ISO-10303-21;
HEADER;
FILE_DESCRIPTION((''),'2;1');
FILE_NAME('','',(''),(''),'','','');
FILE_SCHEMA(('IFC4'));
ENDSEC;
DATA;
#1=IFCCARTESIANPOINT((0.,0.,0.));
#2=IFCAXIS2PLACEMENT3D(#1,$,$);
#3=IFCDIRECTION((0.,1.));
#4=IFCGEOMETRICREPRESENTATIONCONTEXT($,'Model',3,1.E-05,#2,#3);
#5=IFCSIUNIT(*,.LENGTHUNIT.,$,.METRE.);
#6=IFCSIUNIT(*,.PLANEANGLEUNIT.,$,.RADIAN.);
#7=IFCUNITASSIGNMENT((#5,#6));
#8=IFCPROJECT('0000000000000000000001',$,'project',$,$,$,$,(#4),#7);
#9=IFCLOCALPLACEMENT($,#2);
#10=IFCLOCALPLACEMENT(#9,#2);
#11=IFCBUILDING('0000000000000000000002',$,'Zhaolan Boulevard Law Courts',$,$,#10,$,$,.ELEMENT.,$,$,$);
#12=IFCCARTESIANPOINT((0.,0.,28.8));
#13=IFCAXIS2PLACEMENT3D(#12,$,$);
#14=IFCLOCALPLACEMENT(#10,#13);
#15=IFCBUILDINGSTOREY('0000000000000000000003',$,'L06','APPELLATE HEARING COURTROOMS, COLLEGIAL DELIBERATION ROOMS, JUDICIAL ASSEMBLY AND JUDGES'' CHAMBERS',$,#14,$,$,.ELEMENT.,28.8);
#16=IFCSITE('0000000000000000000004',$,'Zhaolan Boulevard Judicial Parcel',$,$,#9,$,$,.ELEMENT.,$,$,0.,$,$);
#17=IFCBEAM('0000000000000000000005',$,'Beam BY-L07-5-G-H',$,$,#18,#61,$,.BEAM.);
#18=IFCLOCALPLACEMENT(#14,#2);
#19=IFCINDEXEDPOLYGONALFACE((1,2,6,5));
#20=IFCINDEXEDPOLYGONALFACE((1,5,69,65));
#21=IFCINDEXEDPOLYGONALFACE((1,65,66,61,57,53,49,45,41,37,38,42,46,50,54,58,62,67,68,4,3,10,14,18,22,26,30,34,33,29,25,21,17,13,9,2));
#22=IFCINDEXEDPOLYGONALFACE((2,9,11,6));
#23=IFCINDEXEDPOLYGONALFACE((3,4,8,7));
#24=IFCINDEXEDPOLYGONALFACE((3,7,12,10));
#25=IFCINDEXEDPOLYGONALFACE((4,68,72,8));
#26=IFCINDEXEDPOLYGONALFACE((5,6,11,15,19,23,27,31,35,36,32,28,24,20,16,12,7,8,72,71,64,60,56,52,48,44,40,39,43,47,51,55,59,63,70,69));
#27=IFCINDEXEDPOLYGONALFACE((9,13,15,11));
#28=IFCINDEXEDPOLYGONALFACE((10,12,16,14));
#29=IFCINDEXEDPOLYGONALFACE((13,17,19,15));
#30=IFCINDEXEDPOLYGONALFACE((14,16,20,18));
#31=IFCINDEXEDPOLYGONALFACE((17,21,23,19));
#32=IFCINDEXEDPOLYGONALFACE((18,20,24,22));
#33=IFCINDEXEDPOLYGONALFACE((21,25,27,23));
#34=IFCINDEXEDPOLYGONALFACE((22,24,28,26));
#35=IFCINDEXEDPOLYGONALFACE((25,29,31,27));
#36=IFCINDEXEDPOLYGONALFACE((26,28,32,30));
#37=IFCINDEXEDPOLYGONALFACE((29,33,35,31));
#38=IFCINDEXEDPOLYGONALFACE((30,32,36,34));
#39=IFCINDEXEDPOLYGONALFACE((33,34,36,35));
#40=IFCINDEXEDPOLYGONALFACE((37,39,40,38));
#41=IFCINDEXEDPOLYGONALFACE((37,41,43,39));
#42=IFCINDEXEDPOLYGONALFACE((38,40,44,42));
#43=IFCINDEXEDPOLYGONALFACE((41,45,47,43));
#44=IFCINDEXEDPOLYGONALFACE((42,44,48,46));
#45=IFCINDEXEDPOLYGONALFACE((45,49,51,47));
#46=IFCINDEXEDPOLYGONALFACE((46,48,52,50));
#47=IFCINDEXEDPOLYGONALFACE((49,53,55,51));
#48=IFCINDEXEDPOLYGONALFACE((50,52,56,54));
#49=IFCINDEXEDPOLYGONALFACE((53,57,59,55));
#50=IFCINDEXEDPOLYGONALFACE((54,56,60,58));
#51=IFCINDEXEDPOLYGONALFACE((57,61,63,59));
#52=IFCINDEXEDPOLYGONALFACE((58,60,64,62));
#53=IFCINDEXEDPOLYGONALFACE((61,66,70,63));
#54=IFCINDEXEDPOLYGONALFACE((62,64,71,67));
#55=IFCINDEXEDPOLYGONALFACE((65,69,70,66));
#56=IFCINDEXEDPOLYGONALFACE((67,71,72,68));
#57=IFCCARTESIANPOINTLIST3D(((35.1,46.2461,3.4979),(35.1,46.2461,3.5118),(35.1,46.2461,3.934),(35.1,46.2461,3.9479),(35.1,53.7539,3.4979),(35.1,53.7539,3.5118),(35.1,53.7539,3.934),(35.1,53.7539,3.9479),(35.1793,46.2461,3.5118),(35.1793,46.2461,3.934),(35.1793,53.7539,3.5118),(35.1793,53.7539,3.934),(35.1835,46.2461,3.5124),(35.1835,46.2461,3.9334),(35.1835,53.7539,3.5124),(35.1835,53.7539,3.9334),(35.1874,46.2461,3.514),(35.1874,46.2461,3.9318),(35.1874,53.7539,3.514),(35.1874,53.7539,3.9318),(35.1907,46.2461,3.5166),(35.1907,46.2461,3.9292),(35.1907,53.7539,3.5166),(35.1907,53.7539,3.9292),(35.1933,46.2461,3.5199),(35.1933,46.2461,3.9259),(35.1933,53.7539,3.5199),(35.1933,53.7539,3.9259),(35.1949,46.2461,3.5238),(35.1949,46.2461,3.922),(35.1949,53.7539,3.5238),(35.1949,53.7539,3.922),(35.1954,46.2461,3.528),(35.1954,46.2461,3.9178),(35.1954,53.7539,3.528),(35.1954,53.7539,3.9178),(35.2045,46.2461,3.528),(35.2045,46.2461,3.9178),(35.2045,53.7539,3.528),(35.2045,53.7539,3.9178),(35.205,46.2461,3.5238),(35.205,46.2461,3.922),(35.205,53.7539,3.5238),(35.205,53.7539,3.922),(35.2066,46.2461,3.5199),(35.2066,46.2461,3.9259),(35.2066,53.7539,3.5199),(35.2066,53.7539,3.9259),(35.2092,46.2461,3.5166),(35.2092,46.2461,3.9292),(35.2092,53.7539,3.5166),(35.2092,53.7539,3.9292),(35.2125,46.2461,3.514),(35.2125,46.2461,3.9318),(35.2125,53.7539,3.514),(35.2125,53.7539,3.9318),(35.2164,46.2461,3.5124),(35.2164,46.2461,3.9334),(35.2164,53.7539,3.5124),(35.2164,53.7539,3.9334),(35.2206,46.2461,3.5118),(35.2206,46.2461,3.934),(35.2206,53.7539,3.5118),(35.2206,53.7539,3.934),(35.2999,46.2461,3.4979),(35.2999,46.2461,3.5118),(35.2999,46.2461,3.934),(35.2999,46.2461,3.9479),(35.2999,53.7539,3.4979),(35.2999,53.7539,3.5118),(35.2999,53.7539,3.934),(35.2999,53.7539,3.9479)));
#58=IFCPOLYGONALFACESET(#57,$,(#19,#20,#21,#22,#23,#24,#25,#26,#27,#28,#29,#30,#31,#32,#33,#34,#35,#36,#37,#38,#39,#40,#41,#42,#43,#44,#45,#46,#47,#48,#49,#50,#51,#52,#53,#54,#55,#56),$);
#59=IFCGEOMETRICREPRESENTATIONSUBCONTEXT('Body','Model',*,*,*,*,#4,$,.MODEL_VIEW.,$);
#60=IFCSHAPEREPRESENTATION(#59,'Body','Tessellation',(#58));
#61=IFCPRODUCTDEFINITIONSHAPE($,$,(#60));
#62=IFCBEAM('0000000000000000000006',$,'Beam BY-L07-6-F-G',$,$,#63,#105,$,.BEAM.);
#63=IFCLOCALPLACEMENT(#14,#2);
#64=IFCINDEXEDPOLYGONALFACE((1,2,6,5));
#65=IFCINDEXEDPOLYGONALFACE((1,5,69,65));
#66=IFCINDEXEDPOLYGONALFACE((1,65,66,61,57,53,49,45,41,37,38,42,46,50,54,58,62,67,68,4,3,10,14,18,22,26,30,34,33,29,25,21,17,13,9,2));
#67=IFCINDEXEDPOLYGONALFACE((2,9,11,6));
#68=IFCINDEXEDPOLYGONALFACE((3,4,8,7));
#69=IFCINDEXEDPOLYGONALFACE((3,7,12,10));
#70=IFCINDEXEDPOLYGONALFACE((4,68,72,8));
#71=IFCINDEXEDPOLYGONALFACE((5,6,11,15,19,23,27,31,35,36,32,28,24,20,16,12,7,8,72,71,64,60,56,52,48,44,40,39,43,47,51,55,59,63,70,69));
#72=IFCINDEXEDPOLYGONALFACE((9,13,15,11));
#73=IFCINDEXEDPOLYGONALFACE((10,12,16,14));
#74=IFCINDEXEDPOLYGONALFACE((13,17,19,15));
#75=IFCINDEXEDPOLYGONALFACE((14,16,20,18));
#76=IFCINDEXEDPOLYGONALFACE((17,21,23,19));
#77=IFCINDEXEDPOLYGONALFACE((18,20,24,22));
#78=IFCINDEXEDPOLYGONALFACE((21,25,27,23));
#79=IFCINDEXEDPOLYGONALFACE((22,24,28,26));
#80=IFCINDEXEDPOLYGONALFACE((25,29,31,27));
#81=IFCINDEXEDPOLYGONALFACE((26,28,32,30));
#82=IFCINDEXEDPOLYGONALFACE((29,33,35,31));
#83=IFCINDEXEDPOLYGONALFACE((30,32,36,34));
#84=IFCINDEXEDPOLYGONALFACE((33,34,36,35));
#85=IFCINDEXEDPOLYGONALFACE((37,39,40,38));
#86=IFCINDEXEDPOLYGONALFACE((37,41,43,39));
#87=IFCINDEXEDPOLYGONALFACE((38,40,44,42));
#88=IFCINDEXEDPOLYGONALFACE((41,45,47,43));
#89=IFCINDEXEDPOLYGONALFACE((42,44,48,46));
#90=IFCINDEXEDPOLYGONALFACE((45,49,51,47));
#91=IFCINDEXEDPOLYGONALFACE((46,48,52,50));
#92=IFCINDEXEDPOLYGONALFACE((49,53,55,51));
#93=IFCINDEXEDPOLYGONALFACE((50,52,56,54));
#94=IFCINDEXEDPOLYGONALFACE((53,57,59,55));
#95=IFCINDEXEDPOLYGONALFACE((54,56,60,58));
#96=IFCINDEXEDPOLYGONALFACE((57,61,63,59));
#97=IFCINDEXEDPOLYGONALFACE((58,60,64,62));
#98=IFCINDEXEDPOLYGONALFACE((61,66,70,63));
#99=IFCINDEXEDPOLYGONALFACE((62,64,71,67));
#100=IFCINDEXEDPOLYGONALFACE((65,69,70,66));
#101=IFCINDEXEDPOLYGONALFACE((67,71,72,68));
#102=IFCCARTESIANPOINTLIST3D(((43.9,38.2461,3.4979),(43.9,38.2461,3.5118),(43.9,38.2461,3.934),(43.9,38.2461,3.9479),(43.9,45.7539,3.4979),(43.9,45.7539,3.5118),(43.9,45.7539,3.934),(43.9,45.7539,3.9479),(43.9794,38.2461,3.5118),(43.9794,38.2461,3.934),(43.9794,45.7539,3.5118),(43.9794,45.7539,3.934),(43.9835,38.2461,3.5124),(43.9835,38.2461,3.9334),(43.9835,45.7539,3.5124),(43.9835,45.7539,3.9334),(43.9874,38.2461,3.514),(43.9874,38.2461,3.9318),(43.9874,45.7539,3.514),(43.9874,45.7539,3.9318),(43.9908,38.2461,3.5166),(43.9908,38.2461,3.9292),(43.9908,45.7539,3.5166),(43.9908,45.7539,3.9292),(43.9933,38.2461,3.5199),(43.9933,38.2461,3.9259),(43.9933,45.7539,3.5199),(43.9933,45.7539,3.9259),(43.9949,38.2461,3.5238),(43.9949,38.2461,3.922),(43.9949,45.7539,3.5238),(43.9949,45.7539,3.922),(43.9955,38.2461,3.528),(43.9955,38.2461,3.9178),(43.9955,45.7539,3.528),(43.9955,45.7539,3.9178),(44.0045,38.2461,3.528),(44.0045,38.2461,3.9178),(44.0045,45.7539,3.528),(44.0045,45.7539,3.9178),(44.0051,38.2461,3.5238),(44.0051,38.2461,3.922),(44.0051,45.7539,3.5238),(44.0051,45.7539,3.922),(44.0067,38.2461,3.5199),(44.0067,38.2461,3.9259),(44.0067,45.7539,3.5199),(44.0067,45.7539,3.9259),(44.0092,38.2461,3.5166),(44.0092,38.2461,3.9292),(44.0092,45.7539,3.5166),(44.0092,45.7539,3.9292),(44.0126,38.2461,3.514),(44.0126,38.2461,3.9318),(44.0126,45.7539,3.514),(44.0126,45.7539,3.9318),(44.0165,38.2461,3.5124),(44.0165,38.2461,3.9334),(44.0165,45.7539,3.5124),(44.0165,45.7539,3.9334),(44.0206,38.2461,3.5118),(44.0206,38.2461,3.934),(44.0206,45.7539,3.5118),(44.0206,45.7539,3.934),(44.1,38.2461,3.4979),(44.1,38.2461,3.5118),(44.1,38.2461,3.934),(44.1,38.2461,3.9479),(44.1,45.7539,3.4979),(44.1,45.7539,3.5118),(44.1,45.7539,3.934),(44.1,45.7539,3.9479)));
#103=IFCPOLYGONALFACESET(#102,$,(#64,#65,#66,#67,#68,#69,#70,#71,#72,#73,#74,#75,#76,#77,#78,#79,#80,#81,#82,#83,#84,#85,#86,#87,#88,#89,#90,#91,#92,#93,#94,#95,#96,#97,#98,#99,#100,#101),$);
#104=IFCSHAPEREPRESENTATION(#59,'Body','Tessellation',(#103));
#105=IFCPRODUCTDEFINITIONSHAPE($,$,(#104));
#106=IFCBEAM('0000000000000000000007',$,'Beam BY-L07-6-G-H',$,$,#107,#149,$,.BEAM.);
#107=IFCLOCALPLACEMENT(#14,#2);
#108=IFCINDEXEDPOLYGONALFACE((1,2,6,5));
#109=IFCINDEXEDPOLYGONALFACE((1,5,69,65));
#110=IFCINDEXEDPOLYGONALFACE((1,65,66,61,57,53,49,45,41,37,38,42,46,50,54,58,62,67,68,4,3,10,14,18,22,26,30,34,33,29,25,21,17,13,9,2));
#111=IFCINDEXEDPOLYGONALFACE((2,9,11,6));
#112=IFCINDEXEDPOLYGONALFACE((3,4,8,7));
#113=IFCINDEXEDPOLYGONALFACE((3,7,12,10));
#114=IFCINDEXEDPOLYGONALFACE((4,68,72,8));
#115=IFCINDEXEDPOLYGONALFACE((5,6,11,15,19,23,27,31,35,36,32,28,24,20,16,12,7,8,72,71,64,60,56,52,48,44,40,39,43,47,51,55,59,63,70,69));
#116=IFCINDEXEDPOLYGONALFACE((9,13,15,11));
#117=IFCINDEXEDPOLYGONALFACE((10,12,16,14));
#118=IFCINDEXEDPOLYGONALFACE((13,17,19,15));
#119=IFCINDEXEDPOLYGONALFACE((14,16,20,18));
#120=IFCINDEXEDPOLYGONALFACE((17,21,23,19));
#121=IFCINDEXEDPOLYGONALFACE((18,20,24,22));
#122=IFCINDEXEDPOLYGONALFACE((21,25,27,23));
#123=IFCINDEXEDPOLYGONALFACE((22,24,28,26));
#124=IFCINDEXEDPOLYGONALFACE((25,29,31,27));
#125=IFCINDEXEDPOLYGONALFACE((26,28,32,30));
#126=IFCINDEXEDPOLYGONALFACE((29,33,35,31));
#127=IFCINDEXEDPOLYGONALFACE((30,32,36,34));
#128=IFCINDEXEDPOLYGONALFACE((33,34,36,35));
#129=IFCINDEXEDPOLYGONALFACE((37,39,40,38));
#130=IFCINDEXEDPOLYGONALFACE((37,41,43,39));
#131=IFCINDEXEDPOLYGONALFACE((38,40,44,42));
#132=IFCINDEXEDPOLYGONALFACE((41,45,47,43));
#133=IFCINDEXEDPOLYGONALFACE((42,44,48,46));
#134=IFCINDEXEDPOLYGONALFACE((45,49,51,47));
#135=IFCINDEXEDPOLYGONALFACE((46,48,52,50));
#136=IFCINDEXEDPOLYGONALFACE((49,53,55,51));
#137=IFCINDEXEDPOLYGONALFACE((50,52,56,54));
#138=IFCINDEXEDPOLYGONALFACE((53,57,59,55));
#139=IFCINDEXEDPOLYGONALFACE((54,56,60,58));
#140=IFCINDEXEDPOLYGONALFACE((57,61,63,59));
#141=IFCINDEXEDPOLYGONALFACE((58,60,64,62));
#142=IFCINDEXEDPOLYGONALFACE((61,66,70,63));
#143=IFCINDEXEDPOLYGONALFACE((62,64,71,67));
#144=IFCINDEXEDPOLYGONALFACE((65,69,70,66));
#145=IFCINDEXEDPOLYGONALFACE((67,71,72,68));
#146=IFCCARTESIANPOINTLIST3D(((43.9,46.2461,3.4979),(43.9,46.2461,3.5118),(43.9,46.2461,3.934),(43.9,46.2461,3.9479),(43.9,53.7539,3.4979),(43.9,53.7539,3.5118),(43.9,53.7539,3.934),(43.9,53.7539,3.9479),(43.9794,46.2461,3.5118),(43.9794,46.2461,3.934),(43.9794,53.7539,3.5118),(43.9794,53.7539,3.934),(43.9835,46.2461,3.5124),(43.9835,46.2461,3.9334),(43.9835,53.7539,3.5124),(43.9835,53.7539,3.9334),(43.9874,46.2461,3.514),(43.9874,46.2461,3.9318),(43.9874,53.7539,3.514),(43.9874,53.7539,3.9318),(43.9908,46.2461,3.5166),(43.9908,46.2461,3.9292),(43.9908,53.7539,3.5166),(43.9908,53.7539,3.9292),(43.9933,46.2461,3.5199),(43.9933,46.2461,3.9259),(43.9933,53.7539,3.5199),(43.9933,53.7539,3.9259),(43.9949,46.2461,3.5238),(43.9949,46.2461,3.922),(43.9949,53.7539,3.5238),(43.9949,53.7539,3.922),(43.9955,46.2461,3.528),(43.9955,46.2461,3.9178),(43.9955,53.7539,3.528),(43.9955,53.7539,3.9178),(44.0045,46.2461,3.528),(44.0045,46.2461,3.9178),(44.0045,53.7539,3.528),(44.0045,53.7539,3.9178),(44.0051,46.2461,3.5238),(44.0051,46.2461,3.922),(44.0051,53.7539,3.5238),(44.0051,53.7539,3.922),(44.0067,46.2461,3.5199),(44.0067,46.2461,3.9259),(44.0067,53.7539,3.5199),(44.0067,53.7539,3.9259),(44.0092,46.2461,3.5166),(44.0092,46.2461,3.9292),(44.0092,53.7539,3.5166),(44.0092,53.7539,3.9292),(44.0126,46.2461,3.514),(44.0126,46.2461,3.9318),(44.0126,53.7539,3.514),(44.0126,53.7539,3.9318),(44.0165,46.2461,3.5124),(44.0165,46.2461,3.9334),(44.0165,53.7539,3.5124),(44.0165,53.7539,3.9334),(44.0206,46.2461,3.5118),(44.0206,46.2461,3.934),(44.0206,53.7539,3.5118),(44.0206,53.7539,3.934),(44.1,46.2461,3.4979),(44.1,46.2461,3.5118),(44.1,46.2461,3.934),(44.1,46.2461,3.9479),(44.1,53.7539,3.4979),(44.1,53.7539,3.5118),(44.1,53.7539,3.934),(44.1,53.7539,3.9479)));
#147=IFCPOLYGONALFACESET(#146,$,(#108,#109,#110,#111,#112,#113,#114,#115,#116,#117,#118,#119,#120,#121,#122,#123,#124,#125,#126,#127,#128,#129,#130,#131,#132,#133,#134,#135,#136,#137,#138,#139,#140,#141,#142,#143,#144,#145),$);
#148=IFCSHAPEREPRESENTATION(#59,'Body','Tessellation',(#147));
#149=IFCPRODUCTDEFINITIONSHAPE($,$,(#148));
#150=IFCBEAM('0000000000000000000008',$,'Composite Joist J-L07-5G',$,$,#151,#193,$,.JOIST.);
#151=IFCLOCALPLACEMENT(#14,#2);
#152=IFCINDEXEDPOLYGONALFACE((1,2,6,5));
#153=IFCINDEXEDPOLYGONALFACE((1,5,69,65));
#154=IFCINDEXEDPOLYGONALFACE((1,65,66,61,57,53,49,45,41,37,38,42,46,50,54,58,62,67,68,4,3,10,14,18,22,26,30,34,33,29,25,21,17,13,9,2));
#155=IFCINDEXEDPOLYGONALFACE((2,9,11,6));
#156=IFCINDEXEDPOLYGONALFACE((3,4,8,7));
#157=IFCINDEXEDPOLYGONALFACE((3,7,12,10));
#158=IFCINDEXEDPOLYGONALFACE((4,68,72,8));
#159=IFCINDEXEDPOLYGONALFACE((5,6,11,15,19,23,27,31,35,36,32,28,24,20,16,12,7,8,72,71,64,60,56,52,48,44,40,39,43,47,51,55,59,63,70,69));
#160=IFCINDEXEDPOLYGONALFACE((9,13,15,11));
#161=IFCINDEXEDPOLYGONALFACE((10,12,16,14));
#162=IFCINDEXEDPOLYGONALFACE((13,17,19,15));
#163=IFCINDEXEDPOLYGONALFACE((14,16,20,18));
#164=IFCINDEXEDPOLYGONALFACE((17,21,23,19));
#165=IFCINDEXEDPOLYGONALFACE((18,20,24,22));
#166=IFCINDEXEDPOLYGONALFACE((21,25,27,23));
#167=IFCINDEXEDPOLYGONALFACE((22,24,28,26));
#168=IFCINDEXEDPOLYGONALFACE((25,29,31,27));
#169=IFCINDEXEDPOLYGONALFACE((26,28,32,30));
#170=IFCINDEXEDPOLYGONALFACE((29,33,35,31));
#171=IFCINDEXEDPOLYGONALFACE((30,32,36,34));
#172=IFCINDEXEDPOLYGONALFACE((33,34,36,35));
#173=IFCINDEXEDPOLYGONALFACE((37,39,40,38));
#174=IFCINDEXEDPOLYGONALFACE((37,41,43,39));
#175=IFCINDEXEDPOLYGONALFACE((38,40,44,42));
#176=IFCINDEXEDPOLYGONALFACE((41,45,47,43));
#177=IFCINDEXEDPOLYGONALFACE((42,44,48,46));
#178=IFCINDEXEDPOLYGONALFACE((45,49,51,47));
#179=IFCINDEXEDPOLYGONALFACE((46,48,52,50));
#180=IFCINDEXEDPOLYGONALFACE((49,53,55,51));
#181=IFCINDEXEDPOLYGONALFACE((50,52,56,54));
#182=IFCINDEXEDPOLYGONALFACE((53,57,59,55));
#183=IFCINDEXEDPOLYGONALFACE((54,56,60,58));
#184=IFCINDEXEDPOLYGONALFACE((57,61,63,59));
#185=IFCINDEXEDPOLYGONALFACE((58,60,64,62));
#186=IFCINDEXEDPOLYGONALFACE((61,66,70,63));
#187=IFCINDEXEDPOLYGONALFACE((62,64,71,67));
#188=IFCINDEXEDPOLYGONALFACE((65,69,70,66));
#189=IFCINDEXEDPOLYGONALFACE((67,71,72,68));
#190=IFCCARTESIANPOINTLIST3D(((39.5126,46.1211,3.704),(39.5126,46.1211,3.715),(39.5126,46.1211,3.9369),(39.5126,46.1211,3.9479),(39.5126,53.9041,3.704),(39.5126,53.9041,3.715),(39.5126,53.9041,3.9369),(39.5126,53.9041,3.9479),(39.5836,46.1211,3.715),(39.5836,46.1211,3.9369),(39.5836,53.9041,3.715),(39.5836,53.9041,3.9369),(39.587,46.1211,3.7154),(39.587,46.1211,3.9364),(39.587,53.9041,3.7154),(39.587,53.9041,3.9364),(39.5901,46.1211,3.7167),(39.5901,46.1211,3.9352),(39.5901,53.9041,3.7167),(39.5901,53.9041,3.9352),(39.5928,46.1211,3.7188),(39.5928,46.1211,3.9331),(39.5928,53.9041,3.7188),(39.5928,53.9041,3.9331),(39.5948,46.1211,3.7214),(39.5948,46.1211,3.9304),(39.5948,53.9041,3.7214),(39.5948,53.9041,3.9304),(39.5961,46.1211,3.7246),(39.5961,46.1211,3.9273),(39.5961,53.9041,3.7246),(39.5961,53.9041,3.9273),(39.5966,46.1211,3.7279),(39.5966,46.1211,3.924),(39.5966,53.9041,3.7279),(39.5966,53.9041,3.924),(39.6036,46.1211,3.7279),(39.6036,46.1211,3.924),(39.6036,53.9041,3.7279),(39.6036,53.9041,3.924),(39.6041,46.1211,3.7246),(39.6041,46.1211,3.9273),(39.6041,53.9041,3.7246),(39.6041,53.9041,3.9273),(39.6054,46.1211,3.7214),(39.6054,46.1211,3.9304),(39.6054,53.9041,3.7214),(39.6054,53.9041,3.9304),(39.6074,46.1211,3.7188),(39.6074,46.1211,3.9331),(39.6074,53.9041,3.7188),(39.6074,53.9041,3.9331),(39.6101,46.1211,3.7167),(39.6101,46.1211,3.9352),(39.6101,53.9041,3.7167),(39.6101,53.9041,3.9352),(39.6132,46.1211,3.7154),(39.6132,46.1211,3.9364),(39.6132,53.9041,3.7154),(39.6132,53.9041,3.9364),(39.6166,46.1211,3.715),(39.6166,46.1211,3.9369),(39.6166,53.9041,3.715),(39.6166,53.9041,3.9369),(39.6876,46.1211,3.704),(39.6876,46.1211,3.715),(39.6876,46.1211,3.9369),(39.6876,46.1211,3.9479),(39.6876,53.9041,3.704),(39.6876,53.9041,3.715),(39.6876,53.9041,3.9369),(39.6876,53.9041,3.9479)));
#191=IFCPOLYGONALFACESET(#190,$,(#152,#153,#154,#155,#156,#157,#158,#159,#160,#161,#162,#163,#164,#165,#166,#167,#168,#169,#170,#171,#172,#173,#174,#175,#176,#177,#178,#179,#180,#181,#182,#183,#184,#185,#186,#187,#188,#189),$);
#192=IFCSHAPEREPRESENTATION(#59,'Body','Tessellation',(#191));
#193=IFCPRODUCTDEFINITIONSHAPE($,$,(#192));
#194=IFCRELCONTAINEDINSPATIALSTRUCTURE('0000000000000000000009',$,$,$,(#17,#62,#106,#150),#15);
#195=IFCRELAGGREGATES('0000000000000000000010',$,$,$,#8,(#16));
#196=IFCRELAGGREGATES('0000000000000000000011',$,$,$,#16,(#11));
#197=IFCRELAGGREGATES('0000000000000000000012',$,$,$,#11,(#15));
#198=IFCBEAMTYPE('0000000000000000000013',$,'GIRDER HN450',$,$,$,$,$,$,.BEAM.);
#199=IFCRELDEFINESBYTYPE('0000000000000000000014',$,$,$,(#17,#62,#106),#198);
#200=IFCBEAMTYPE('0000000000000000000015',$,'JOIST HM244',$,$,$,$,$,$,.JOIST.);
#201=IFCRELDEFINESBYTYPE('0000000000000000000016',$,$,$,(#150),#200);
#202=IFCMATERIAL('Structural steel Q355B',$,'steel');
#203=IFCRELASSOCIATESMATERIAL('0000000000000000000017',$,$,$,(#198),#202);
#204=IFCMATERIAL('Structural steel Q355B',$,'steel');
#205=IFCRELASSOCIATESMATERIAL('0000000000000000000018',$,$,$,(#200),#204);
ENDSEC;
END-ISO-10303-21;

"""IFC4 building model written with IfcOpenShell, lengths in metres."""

from ifc_helpers import new_model, si_unit, direction, frame, origin, origin_2d, place, context, subcontext, project, spatial, i_section, extrude, material, material_profile, profile_set, type_object, element, save


model = new_model("IFC4")

# Units and contexts
model_context = context("Model", 3, precision=1e-05, world=origin(), true_north=direction((0.0, 1.0)))
body_context = subcontext(model_context, "Body", "Model", "MODEL_VIEW")
ifc_project = project(units=[si_unit("LENGTHUNIT", "METRE"), si_unit("PLANEANGLEUNIT", "RADIAN")], contexts=[model_context])

# Site, building, storey
site_placement = place(None, origin())
site = spatial("IfcSite", under=ifc_project, at=site_placement, Name="Zhaolan Boulevard Judicial Parcel", CompositionType="ELEMENT", RefElevation=0.0)
building_placement = place(site_placement, origin())
building = spatial("IfcBuilding", under=site, at=building_placement, Name="Zhaolan Boulevard Law Courts", CompositionType="ELEMENT")
storey_placement = place(building_placement, frame((0.0, 0.0, 28.8)))
storey = spatial("IfcBuildingStorey", under=building, at=storey_placement, Name="L06", Description="APPELLATE HEARING COURTROOMS, COLLEGIAL DELIBERATION ROOMS, JUDICIAL ASSEMBLY AND JUDGES' CHAMBERS", CompositionType="ELEMENT", Elevation=28.8)

# Beams
ifc_material_1 = material(Name="Structural steel Q355B", Category="steel")
ifc_material_profile_1 = material_profile(ifc_material_1, i_section(OverallWidth=0.2, OverallDepth=0.45, WebThickness=0.009, FlangeThickness=0.0139, FilletRadius=0.0161, at=origin_2d()), Name="HN450x200")
ifc_profile_set_1 = profile_set([ifc_material_profile_1], Name="Structural steel Q355B")
beam_type_1 = type_object("IfcBeamType", Name="GIRDER HN450", PredefinedType="BEAM", material=ifc_profile_set_1)
for number, where, z_axis, x_axis, name in (
    (1, (35.2, 46.2461, 3.7229), (0.0, 1.0, 0.0), (-1.0, 0.0, 0.0), "Beam BY-L07-5-G-H"),
    (2, (44.0, 38.2461, 3.7229), (0.0, 1.0, 0.0), (-1.0, 0.0, 0.0), "Beam BY-L07-6-F-G"),
    (3, (44.0, 46.2461, 3.7229), (0.0, 1.0, 0.0), (-1.0, 0.0, 0.0), "Beam BY-L07-6-G-H"),
):
    element("IfcBeam", number, at=place(storey_placement, frame(where, z_axis=z_axis, x_axis=x_axis)), inside=storey, type_object=beam_type_1, Name=name, PredefinedType="BEAM", context=body_context, shape_type="SweptSolid", body=[
        extrude(i_section(OverallWidth=0.2, OverallDepth=0.45, WebThickness=0.009, FlangeThickness=0.0139, FilletRadius=0.0161, at=origin_2d()), origin(), (0.0, 0.0, 1.0), 7.5078),
    ])
ifc_material_2 = material(Name="Structural steel Q355B", Category="steel")
ifc_material_profile_2 = material_profile(ifc_material_2, i_section(OverallWidth=0.175, OverallDepth=0.2439, WebThickness=0.0071, FlangeThickness=0.011, FilletRadius=0.0129, at=origin_2d()), Name="HM244x175")
ifc_profile_set_2 = profile_set([ifc_material_profile_2], Name="Structural steel Q355B")
beam_type_2 = type_object("IfcBeamType", Name="JOIST HM244", PredefinedType="JOIST", material=ifc_profile_set_2)
beam_1_placement = place(storey_placement, frame((39.6001, 46.1211, 3.8259), z_axis=(0.0, 1.0, 0.0), x_axis=(-1.0, 0.0, 0.0)))
element("IfcBeam", 4, at=beam_1_placement, inside=storey, type_object=beam_type_2, Name="Composite Joist J-L07-5G", PredefinedType="JOIST", context=body_context, shape_type="SweptSolid", body=[
    extrude(i_section(OverallWidth=0.175, OverallDepth=0.2439, WebThickness=0.0071, FlangeThickness=0.011, FilletRadius=0.0129, at=origin_2d()), origin(), (0.0, 0.0, 1.0), 7.783),
])

save(model, "model.ifc")
